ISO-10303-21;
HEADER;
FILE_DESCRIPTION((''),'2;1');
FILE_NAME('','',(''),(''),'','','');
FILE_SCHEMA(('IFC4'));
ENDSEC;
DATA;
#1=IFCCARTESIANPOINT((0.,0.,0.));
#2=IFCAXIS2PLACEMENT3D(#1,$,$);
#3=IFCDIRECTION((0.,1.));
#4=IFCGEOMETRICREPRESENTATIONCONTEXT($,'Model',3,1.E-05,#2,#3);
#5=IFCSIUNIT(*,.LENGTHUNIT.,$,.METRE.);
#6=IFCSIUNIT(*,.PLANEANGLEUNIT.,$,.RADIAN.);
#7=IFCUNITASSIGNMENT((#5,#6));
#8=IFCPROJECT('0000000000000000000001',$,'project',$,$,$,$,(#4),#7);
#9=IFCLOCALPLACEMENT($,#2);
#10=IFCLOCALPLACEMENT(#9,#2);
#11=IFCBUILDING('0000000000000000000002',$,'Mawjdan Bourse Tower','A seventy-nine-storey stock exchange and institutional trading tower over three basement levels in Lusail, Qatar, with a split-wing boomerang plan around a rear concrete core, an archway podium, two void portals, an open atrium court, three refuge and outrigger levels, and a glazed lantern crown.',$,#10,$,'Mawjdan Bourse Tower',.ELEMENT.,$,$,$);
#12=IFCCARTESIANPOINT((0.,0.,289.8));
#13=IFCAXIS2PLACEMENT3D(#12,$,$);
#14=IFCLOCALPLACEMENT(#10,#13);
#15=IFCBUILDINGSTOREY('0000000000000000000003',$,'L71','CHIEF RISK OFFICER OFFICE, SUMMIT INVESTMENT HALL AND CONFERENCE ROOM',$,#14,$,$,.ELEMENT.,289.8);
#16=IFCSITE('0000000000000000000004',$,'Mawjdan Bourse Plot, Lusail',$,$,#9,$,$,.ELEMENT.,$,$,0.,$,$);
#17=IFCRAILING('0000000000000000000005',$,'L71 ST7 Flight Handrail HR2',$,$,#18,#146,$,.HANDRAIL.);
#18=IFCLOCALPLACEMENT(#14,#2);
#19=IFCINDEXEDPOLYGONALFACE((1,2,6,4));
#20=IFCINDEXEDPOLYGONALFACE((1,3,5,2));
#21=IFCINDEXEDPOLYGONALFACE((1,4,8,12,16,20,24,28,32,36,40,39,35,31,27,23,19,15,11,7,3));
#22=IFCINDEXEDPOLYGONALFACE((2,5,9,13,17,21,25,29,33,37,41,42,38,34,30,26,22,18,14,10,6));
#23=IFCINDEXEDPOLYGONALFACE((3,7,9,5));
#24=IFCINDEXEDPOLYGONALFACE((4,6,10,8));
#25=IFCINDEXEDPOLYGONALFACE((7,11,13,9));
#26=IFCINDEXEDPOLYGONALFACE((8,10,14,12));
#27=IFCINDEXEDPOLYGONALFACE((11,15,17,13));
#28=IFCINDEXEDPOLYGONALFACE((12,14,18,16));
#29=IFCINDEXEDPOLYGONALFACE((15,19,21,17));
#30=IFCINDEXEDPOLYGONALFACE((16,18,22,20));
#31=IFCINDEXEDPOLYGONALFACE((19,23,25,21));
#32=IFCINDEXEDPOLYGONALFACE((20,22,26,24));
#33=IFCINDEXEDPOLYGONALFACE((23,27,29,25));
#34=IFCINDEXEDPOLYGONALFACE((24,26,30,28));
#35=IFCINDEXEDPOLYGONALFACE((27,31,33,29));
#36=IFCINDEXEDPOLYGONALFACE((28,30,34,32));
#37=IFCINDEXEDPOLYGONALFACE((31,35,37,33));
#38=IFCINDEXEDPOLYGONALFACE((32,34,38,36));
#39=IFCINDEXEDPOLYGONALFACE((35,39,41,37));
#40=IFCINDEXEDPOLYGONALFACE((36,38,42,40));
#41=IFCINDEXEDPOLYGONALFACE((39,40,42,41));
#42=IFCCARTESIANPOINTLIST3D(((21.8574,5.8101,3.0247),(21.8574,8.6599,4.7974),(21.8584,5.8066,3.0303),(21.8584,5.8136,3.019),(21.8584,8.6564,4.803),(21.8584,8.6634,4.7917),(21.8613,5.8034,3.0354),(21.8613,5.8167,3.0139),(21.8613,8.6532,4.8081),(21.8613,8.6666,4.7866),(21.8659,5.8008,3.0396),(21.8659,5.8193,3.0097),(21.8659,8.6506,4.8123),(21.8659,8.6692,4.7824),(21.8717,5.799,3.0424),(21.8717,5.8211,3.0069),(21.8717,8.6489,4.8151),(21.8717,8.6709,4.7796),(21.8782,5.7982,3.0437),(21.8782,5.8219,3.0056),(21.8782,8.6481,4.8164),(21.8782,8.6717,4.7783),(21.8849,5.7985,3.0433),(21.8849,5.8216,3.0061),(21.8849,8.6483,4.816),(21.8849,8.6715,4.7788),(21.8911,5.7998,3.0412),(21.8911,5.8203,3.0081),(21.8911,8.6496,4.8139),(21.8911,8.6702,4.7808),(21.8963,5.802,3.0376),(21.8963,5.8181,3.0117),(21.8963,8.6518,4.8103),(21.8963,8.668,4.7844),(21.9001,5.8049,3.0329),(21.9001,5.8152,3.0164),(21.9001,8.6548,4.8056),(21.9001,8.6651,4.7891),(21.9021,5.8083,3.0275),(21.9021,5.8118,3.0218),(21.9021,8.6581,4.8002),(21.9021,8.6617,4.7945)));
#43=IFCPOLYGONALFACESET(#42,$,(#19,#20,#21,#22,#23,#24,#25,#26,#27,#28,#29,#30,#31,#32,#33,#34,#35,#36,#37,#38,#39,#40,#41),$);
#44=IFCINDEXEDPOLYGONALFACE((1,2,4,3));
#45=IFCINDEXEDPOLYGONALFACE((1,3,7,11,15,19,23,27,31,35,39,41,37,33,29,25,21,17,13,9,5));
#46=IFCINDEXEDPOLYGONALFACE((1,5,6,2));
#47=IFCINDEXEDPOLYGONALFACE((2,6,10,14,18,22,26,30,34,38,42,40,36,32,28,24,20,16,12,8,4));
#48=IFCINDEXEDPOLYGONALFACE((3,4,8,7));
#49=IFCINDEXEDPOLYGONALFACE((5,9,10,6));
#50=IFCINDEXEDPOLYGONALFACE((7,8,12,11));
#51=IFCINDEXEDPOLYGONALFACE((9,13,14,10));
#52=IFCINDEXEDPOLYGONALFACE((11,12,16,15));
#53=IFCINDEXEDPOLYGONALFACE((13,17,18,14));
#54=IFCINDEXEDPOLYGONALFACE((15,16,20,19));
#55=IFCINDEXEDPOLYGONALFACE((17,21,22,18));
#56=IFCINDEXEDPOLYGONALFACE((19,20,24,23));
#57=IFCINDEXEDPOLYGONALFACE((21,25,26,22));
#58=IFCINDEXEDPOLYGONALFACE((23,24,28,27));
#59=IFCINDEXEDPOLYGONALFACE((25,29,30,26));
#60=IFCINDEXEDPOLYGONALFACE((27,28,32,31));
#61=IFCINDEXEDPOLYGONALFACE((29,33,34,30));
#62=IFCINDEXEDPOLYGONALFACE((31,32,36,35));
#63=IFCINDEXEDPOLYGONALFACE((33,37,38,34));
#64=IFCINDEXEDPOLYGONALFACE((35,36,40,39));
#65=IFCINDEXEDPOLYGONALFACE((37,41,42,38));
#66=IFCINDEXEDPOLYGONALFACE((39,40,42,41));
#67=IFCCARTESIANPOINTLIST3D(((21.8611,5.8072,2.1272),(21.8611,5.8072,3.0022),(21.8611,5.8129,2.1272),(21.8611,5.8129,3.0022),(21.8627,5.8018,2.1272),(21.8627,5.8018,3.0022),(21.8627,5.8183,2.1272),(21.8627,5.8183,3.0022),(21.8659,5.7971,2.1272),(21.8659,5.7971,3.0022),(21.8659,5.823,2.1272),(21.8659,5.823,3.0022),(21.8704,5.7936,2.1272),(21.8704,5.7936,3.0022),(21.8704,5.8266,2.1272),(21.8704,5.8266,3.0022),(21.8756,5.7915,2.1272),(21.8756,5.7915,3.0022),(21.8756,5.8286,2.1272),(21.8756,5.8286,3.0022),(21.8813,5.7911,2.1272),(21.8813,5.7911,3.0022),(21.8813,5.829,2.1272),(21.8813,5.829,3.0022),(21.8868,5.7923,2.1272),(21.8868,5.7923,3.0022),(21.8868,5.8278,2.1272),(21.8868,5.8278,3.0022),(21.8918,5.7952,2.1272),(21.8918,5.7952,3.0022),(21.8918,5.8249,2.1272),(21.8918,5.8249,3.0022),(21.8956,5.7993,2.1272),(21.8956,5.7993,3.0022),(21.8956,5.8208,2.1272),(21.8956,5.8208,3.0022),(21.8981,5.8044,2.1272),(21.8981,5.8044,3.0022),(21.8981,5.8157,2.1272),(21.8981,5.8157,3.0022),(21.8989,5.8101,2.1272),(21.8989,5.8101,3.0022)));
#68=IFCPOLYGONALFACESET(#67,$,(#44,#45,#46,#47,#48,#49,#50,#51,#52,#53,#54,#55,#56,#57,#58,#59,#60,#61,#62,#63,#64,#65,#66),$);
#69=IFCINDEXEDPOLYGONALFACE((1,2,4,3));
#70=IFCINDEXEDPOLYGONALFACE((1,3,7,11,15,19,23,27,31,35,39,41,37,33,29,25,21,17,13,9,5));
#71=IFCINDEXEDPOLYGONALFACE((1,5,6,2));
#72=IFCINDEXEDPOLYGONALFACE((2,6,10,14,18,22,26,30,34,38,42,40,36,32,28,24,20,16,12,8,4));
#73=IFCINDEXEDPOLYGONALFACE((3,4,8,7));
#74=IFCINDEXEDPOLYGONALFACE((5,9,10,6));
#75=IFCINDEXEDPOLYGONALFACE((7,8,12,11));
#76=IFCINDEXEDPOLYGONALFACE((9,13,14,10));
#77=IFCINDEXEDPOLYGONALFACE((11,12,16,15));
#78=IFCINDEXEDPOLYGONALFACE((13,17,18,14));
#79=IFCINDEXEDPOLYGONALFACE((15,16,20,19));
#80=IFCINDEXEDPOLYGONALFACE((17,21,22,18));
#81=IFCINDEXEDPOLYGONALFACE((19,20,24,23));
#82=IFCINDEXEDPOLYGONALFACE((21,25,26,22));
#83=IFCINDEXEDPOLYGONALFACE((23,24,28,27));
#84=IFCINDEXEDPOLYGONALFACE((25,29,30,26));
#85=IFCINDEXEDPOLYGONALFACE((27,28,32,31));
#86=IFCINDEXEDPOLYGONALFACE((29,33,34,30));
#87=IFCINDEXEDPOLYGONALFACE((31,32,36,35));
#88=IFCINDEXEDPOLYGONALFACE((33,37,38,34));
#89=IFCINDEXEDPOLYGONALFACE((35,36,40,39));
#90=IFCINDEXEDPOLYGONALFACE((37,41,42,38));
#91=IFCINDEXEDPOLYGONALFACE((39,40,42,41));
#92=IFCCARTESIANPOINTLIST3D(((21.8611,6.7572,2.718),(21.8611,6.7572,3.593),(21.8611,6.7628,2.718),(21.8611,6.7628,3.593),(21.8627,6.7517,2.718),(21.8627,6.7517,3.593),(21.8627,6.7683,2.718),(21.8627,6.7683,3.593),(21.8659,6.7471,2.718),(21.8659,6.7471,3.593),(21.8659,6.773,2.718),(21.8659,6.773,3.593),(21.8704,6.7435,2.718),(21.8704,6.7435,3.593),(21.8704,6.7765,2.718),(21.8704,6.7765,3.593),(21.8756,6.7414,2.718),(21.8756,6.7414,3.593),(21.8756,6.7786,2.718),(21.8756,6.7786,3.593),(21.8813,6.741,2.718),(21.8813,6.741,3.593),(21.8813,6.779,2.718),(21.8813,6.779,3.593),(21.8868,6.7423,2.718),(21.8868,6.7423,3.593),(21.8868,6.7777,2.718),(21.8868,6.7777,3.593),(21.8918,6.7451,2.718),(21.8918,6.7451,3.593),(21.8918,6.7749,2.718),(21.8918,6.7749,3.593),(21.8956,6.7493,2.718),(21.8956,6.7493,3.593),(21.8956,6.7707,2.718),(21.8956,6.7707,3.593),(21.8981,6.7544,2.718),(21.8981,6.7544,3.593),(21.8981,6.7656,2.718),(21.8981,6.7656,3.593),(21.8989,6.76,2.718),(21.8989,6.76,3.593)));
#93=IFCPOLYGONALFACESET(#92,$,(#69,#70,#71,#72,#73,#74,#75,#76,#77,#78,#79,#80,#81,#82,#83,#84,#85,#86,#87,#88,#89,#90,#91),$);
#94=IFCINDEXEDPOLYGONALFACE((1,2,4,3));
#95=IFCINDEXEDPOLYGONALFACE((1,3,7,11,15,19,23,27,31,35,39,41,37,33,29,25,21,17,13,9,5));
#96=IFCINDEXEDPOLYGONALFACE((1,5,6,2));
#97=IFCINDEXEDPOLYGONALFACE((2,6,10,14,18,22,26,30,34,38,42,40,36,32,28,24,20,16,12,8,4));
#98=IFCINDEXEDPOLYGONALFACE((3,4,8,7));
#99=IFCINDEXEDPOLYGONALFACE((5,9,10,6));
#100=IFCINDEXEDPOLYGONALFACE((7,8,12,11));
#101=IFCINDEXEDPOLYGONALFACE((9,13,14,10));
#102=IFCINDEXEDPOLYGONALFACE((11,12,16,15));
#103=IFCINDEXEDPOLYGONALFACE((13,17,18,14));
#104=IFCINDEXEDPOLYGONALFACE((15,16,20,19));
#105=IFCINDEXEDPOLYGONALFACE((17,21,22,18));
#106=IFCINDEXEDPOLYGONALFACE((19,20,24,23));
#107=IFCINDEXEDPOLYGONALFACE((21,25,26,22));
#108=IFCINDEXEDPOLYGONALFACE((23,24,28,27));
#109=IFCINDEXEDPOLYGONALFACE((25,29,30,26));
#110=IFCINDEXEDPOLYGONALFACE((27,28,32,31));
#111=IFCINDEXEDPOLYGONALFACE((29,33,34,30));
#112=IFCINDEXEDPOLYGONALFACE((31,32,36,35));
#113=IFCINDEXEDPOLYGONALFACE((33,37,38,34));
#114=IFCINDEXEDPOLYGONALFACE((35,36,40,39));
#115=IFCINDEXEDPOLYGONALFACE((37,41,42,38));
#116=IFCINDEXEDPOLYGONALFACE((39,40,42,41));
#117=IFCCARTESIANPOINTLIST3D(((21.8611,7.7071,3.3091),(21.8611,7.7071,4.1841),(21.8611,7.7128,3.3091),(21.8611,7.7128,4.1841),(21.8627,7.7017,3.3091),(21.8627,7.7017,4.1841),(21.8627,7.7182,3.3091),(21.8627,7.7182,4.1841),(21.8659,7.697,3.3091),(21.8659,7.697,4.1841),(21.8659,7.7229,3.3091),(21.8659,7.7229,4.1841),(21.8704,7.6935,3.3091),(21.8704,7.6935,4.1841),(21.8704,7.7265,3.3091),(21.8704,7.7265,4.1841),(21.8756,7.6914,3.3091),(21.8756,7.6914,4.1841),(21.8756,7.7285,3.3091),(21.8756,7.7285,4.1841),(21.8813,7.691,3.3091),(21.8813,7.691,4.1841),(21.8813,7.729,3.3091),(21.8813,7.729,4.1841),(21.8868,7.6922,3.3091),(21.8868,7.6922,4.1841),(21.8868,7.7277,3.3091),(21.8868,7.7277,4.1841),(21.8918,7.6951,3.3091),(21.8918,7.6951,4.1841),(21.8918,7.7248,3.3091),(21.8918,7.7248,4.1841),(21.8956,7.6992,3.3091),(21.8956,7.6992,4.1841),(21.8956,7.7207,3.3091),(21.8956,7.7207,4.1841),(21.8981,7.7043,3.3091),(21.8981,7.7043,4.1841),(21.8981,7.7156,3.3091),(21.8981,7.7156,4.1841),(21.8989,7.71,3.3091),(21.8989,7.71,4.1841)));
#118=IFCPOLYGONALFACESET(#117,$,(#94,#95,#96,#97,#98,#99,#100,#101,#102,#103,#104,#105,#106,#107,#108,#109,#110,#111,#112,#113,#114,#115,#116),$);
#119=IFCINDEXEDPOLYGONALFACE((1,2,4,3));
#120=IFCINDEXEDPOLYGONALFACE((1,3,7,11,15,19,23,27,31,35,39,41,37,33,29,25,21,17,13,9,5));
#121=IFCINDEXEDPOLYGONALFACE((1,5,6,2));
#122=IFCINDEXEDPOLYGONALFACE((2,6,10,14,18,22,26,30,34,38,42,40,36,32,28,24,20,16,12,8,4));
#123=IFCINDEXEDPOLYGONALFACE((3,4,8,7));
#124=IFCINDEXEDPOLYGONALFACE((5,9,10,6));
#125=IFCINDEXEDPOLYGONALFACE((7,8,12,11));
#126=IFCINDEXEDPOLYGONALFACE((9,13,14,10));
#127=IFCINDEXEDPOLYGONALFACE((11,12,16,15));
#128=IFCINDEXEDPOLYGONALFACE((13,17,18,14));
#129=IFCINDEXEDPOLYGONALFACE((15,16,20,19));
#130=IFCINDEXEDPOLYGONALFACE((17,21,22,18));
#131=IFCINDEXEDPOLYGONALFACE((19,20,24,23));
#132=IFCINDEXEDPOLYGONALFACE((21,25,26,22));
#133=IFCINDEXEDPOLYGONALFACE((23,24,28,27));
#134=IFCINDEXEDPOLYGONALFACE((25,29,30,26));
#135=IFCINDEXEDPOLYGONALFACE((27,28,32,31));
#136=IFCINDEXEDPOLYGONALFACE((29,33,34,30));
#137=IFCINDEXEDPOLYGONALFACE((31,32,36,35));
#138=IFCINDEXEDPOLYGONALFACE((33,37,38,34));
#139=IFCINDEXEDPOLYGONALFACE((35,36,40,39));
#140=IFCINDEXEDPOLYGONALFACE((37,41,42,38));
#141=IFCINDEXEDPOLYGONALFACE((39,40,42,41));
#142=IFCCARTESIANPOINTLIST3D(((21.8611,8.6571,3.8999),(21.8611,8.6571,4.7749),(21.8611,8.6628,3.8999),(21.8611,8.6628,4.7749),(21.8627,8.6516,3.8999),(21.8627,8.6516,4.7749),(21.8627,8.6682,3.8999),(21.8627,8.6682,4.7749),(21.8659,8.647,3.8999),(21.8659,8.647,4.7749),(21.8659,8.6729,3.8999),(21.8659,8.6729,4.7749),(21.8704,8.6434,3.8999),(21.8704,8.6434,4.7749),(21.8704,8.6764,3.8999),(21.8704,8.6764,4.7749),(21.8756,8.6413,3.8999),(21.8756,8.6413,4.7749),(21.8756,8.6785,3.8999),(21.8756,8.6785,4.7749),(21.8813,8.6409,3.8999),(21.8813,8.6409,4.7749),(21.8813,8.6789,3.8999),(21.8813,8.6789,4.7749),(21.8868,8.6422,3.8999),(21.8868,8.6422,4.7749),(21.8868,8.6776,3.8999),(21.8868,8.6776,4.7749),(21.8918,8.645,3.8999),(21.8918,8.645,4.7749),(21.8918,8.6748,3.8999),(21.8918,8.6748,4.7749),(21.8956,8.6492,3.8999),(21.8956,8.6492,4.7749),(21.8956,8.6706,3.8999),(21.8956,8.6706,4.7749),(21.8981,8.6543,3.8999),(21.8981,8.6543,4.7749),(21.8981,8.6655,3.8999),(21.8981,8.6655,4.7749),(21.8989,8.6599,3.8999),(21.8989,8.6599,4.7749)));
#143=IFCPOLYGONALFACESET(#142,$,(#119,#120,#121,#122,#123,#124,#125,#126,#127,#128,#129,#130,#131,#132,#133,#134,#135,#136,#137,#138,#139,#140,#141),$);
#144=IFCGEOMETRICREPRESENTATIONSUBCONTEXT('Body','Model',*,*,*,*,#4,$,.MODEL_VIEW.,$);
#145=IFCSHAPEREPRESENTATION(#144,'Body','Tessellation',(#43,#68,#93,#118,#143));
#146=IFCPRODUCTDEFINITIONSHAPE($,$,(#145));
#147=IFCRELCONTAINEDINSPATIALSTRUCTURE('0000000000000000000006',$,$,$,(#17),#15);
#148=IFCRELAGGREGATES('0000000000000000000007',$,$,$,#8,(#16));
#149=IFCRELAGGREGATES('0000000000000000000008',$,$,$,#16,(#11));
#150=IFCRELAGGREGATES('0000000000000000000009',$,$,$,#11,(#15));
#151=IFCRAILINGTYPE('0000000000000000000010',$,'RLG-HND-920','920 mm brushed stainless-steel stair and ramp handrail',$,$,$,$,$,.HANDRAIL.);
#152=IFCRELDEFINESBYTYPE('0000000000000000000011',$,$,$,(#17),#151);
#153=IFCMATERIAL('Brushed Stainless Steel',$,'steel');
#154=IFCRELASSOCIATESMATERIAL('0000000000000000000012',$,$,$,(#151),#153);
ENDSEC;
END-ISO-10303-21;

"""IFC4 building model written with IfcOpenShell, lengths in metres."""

from ifc_helpers import new_model, si_unit, direction, frame, origin, origin_2d, place, context, subcontext, project, spatial, circle, extrude, material, type_object, element, save


model = new_model("IFC4")

# Units and contexts
model_context = context("Model", 3, precision=1e-05, world=origin(), true_north=direction((0.0, 1.0)))
body_context = subcontext(model_context, "Body", "Model", "MODEL_VIEW")
ifc_project = project(units=[si_unit("LENGTHUNIT", "METRE"), si_unit("PLANEANGLEUNIT", "RADIAN")], contexts=[model_context])

# Site, building, storey
site_placement = place(None, origin())
site = spatial("IfcSite", under=ifc_project, at=site_placement, Name="Mawjdan Bourse Plot, Lusail", CompositionType="ELEMENT", RefElevation=0.0)
building_placement = place(site_placement, origin())
building = spatial("IfcBuilding", under=site, at=building_placement, Name="Mawjdan Bourse Tower", Description="A seventy-nine-storey stock exchange and institutional trading tower over three basement levels in Lusail, Qatar, with a split-wing boomerang plan around a rear concrete core, an archway podium, two void portals, an open atrium court, three refuge and outrigger levels, and a glazed lantern crown.", LongName="Mawjdan Bourse Tower", CompositionType="ELEMENT")
storey_placement = place(building_placement, frame((0.0, 0.0, 289.8)))
storey = spatial("IfcBuildingStorey", under=building, at=storey_placement, Name="L71", Description="CHIEF RISK OFFICER OFFICE, SUMMIT INVESTMENT HALL AND CONFERENCE ROOM", CompositionType="ELEMENT", Elevation=289.8)

# Railing
ifc_material_1 = material(Name="Brushed Stainless Steel", Category="steel")
railing_type_1 = type_object("IfcRailingType", Name="RLG-HND-920", Description="920 mm brushed stainless-steel stair and ramp handrail", PredefinedType="HANDRAIL", material=ifc_material_1)
railing_1_placement = place(storey_placement, frame((21.8799, 5.8101, 2.1272)))
element("IfcRailing", 1, at=railing_1_placement, inside=storey, type_object=railing_type_1, Name="L71 ST7 Flight Handrail HR2", PredefinedType="HANDRAIL", context=body_context, shape_type="SweptSolid", body=[
    extrude(circle(Radius=0.0225, at=origin_2d()), frame((0.0, 0.0, 0.8975), z_axis=(0.0, 0.849128, 0.528187), x_axis=(-1.0, 0.0, 0.0)), (0.0, 0.0, 1.0), 3.3562),
    extrude(circle(Radius=0.019, at=origin_2d()), origin(), (0.0, 0.0, 1.0), 0.875),
    extrude(circle(Radius=0.019, at=origin_2d()), frame((0.0, 0.95, 0.5908)), (0.0, 0.0, 1.0), 0.875),
    extrude(circle(Radius=0.019, at=origin_2d()), frame((0.0, 1.8999, 1.1819)), (0.0, 0.0, 1.0), 0.875),
    extrude(circle(Radius=0.019, at=origin_2d()), frame((0.0, 2.8499, 1.7727)), (0.0, 0.0, 1.0), 0.875),
])

save(model, "model.ifc")
